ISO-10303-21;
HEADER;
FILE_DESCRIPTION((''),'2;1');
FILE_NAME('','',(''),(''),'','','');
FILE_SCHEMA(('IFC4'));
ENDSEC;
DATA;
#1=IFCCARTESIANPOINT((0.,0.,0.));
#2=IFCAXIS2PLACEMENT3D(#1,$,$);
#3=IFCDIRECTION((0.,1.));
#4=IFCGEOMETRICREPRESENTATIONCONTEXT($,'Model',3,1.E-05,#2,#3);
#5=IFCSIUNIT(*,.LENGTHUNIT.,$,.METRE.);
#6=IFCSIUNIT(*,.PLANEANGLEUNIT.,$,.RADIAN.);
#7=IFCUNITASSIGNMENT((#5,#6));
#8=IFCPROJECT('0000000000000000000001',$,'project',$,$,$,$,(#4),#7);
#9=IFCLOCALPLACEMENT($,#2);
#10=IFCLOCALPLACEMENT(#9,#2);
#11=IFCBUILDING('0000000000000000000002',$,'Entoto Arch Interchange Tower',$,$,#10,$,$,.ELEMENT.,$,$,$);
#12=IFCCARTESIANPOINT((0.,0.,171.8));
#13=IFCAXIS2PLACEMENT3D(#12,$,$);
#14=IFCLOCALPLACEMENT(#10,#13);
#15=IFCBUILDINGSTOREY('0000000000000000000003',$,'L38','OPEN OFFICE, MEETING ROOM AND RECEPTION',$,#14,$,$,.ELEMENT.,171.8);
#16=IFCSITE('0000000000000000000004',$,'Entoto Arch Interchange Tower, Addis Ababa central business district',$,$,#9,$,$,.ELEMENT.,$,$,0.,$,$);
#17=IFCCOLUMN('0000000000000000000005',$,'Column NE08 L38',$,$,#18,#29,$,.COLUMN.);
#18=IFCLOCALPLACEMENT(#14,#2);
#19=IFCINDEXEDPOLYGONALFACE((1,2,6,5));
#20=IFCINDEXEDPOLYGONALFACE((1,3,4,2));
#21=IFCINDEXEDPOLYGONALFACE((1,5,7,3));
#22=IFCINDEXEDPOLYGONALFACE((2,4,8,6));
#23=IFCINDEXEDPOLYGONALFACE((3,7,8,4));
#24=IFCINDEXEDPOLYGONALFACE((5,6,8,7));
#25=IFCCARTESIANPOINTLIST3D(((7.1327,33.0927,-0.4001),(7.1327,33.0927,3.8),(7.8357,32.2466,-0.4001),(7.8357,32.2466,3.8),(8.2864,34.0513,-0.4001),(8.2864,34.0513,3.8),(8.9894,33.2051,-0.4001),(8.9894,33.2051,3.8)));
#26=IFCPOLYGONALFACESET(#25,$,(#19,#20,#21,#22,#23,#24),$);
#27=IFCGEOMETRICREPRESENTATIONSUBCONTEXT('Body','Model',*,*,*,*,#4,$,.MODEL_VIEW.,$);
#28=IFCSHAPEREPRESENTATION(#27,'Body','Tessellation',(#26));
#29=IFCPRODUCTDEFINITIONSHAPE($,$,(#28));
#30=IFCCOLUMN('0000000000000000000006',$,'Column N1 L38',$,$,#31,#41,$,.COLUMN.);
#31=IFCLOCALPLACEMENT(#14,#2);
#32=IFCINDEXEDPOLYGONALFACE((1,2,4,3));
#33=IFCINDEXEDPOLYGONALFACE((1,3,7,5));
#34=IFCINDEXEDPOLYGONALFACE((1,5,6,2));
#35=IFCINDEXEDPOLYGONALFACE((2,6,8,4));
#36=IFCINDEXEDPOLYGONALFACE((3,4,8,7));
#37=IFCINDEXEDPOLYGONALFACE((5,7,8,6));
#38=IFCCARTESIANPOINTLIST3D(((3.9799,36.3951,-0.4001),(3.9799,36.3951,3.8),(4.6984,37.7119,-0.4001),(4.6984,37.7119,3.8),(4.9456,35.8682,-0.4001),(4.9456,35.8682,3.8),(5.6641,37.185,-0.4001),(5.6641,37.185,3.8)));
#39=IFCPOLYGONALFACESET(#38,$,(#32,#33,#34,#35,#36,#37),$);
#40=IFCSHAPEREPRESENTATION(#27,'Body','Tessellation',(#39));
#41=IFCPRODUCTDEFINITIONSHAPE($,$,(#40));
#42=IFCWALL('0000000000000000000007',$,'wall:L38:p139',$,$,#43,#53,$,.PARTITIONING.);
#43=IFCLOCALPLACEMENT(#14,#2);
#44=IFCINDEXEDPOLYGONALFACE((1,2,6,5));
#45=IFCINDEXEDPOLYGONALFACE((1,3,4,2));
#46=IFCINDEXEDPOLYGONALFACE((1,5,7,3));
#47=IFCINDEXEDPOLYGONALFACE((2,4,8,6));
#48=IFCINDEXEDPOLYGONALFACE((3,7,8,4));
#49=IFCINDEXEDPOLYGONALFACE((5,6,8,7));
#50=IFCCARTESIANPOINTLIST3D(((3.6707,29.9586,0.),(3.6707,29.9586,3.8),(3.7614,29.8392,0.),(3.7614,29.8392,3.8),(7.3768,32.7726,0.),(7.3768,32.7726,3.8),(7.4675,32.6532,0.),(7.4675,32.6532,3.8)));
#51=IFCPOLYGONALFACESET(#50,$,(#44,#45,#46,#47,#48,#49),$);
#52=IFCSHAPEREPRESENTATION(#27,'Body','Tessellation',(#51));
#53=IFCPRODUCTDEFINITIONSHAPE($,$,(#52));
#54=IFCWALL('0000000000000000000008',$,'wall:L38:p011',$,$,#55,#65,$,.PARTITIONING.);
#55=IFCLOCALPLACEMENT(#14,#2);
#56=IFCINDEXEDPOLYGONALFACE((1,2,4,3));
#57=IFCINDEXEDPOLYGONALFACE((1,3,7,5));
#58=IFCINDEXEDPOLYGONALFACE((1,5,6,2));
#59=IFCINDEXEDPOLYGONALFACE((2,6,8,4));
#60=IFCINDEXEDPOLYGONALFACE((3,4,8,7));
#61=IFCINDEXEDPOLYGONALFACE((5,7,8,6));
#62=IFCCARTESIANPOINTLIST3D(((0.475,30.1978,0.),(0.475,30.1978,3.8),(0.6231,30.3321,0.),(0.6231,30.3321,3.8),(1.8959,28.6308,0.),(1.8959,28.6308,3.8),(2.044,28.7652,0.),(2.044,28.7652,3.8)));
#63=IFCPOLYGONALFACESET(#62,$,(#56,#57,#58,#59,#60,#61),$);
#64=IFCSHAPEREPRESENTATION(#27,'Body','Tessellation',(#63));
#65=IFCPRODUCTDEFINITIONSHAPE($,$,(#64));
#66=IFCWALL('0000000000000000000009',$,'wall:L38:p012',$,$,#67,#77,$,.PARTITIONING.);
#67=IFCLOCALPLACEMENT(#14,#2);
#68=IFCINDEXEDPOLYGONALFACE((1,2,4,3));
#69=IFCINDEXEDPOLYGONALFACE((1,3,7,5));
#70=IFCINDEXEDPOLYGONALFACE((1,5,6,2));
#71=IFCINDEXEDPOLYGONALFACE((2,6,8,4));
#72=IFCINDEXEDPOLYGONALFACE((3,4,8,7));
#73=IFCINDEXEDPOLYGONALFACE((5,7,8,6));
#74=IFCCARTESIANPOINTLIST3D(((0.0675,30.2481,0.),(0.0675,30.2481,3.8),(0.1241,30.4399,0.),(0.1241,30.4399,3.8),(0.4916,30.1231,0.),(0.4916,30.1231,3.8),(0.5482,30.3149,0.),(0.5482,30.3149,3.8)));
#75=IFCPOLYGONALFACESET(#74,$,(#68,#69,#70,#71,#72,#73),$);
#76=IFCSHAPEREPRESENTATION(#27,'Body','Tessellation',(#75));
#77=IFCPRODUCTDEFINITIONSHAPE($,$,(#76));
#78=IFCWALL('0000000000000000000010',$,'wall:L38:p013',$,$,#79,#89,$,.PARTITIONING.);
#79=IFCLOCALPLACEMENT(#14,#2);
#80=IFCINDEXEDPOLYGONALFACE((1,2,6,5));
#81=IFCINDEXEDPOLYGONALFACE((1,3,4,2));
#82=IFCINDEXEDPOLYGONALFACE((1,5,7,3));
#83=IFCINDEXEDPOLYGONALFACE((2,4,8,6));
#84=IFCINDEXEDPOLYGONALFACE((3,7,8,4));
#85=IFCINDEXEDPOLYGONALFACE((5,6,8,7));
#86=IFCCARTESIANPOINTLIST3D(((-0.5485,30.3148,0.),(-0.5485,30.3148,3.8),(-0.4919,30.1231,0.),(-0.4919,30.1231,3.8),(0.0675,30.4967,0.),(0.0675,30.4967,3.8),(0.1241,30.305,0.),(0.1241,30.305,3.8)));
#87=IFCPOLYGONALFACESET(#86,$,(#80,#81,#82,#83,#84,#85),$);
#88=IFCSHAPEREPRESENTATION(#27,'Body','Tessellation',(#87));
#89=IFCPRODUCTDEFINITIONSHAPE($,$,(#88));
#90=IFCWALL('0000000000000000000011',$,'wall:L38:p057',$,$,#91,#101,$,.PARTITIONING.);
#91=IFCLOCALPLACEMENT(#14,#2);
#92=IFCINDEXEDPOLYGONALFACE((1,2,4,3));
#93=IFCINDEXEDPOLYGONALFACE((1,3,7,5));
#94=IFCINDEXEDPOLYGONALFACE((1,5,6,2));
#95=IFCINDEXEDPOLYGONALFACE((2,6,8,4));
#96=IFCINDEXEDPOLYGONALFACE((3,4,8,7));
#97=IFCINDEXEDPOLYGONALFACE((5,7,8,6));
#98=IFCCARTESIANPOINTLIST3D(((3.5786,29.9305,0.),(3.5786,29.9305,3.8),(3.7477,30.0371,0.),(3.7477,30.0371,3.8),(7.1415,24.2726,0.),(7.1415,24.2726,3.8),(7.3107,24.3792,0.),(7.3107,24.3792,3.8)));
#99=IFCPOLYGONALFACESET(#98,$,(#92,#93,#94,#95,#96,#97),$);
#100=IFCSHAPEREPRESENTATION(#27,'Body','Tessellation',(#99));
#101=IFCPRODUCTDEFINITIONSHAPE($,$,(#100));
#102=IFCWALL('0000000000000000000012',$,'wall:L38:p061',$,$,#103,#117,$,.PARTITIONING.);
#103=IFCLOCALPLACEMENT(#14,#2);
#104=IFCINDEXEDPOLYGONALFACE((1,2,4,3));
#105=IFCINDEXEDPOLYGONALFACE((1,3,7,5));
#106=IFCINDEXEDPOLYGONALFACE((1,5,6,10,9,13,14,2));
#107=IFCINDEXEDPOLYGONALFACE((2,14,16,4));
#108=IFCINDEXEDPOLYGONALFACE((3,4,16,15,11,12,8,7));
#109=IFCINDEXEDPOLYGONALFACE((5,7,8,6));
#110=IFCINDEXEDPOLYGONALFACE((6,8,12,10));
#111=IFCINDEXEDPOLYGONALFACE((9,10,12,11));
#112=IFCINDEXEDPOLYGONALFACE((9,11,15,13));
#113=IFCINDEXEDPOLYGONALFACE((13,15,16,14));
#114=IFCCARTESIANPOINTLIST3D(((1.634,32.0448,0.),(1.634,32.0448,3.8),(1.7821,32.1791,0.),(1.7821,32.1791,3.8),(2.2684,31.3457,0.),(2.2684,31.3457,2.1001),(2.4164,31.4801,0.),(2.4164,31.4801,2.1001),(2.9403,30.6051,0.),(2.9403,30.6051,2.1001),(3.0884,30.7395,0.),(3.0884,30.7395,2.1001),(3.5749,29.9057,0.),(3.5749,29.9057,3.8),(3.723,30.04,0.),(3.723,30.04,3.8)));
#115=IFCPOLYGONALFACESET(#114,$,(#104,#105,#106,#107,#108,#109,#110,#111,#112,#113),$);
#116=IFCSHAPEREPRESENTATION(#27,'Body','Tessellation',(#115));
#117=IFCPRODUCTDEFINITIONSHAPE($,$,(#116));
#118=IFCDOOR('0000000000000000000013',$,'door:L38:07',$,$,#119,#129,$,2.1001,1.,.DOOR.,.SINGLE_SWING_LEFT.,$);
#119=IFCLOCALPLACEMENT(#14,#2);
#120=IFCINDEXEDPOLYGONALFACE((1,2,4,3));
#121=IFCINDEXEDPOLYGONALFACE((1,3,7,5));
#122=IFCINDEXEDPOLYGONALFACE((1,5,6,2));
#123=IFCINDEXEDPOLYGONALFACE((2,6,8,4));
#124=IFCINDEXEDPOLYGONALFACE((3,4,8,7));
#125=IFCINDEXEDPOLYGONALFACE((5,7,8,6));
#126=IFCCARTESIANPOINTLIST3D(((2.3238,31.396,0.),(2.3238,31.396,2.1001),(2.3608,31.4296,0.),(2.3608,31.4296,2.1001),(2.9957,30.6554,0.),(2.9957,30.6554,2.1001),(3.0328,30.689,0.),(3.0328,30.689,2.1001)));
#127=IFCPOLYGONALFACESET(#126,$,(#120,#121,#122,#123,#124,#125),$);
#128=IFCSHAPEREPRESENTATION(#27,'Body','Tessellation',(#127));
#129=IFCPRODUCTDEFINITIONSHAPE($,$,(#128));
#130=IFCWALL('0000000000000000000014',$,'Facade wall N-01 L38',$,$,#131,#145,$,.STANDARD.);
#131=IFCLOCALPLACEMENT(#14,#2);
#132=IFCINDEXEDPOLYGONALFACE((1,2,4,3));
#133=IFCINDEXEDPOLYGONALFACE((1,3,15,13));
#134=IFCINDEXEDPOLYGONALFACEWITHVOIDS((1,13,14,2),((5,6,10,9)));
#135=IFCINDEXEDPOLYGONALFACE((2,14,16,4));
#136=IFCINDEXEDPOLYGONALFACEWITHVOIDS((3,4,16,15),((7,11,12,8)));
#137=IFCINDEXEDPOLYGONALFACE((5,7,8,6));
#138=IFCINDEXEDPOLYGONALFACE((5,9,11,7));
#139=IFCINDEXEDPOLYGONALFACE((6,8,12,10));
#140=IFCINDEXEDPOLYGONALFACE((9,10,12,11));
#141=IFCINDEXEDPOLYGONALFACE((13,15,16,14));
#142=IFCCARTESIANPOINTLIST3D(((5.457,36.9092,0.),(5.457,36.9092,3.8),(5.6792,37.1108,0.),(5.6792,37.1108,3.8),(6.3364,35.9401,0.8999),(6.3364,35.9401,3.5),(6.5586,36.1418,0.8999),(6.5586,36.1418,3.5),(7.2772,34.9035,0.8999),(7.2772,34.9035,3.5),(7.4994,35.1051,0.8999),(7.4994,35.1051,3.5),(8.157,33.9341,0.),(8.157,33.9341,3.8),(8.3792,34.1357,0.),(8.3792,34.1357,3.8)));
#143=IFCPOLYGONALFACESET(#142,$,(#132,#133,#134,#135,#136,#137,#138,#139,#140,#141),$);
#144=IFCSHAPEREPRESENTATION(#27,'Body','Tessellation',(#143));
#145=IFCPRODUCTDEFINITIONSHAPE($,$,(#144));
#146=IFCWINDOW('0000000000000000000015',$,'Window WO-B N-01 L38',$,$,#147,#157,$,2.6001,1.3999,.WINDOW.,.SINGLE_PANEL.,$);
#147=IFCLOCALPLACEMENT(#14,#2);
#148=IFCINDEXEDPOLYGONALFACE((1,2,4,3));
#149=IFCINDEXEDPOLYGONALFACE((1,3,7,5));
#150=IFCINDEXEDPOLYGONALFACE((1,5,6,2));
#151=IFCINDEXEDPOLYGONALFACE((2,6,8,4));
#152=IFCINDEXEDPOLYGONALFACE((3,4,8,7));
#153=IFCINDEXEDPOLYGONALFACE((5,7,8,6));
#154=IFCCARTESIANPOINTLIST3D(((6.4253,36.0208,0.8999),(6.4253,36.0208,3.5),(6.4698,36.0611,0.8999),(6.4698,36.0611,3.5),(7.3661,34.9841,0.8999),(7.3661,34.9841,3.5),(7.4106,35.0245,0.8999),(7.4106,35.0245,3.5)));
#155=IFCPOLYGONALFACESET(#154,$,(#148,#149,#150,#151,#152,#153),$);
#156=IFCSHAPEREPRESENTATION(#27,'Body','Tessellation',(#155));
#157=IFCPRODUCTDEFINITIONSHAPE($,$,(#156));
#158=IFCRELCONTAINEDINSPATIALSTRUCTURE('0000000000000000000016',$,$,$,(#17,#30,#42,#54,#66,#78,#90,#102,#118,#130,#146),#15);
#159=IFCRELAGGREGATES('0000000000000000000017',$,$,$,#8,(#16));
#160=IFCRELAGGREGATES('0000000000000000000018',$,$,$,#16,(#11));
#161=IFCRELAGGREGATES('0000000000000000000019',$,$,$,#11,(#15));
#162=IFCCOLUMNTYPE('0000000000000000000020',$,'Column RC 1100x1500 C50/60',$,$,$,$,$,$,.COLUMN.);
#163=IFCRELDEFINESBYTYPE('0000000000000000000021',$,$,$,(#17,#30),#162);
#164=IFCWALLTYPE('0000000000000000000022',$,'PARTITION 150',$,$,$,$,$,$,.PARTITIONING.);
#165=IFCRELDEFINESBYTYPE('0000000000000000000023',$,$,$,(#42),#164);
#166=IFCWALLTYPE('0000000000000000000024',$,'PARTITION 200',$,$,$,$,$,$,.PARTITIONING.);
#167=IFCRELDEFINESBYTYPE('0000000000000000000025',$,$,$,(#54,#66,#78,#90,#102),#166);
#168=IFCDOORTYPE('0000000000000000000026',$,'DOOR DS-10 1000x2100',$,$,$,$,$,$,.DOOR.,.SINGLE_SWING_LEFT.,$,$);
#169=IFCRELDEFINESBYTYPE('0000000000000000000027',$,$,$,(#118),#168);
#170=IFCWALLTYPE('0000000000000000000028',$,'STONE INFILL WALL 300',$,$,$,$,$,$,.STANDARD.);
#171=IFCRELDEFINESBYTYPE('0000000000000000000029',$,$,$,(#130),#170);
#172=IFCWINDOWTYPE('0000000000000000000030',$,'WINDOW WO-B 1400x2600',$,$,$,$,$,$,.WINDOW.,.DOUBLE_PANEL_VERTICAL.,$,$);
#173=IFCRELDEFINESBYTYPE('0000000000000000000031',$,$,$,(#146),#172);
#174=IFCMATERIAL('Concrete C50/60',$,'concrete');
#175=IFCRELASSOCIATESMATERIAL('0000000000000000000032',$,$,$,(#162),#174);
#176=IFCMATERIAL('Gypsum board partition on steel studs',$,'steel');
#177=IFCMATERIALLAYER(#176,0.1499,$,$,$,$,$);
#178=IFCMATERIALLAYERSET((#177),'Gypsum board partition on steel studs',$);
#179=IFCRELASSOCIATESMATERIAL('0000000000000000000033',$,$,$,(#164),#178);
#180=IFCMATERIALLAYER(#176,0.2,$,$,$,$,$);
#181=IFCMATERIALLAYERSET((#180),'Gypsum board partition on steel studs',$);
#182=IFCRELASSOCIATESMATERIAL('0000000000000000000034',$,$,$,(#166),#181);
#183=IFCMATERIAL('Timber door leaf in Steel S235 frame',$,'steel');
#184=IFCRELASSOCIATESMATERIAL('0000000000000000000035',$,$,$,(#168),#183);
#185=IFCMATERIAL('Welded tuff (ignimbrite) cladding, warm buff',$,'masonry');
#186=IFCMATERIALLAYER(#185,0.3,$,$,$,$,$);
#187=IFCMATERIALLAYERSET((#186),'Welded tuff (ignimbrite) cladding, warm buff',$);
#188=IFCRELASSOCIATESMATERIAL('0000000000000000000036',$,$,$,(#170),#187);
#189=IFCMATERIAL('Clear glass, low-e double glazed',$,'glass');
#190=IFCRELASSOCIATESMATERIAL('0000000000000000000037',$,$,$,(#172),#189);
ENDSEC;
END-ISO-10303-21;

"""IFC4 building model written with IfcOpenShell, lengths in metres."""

from ifc_helpers import new_model, si_unit, direction, frame, frame_2d, origin, origin_2d, place, context, subcontext, project, spatial, rectangle, extrude, material, layer, layer_set, material_profile, profile_set, type_object, element, fill, save


model = new_model("IFC4")

# Units and contexts
model_context = context("Model", 3, precision=1e-05, world=origin(), true_north=direction((0.0, 1.0)))
body_context = subcontext(model_context, "Body", "Model", "MODEL_VIEW")
ifc_project = project(units=[si_unit("LENGTHUNIT", "METRE"), si_unit("PLANEANGLEUNIT", "RADIAN")], contexts=[model_context])

# Site, building, storey
site_placement = place(None, origin())
site = spatial("IfcSite", under=ifc_project, at=site_placement, Name="Entoto Arch Interchange Tower, Addis Ababa central business district", CompositionType="ELEMENT", RefElevation=0.0)
building_placement = place(site_placement, origin())
building = spatial("IfcBuilding", under=site, at=building_placement, Name="Entoto Arch Interchange Tower", CompositionType="ELEMENT")
storey_placement = place(building_placement, frame((0.0, 0.0, 171.8)))
storey = spatial("IfcBuildingStorey", under=building, at=storey_placement, Name="L38", Description="OPEN OFFICE, MEETING ROOM AND RECEPTION", CompositionType="ELEMENT", Elevation=171.8)

# Columns
ifc_material_1 = material(Name="Concrete C50/60", Category="concrete")
ifc_material_profile = material_profile(ifc_material_1, rectangle(XDim=1.1001, YDim=1.5, at=origin_2d()))
ifc_profile_set = profile_set([ifc_material_profile], Name="Concrete C50/60")
column_type = type_object("IfcColumnType", Name="Column RC 1100x1500 C50/60", PredefinedType="COLUMN", material=ifc_profile_set)
for number, where, z_axis, x_axis, name in (
    (1, (8.061, 33.1489, -0.4001), (0.0, 0.0, 1.0), (-0.63905, 0.769165, 0.0), "Column NE08 L38"),
    (2, (4.822, 36.79, -0.4001), (0.0, 0.0, 1.0), (-0.877833, 0.478968, 0.0), "Column N1 L38"),
):
    element("IfcColumn", number, at=place(storey_placement, frame(where, z_axis=z_axis, x_axis=x_axis)), inside=storey, type_object=column_type, Name=name, PredefinedType="COLUMN", context=body_context, shape_type="SweptSolid", body=[
        extrude(rectangle(XDim=1.1001, YDim=1.5, at=origin_2d()), origin(), (0.0, 0.0, 1.0), 4.2002),
    ])

# Walls
ifc_material_2 = material(Name="Gypsum board partition on steel studs", Category="steel")
ifc_layer_1 = layer(ifc_material_2, 0.1499)
ifc_layer_set_1 = layer_set([ifc_layer_1], Name="Gypsum board partition on steel studs")
wall_type_1 = type_object("IfcWallType", Name="PARTITION 150", PredefinedType="PARTITIONING", material=ifc_layer_set_1)
wall_1_placement = place(storey_placement, frame((3.7161, 29.8989, 0.0), z_axis=(0.0, 0.0, 1.0), x_axis=(0.796435, 0.604724, 0.0)))
element("IfcWall", 3, at=wall_1_placement, inside=storey, type_object=wall_type_1, Name="wall:L38:p139", PredefinedType="PARTITIONING", context=body_context, shape_type="SweptSolid", body=[
    extrude(rectangle(XDim=4.6533, YDim=0.1499, at=frame_2d((2.3267, 0.0))), origin(), (0.0, 0.0, 1.0), 3.8),
])
ifc_layer_2 = layer(ifc_material_2, 0.2)
ifc_layer_set_2 = layer_set([ifc_layer_2], Name="Gypsum board partition on steel studs")
wall_type_2 = type_object("IfcWallType", Name="PARTITION 200", PredefinedType="PARTITIONING", material=ifc_layer_set_2)
wall_2_placement = place(storey_placement, frame((1.97, 28.698, 0.0), z_axis=(0.0, 0.0, 1.0), x_axis=(-0.671753, 0.740775, 0.0)))
element("IfcWall", 4, at=wall_2_placement, inside=storey, type_object=wall_type_2, Name="wall:L38:p011", PredefinedType="PARTITIONING", context=body_context, shape_type="SweptSolid", body=[
    extrude(rectangle(XDim=2.1152, YDim=0.2, at=frame_2d((1.0576, 0.0))), origin(), (0.0, 0.0, 1.0), 3.8),
])
wall_3_placement = place(storey_placement, frame((0.52, 30.219, 0.0), z_axis=(0.0, 0.0, 1.0), x_axis=(-0.959198, 0.282734, 0.0)))
element("IfcWall", 5, at=wall_3_placement, inside=storey, type_object=wall_type_2, Name="wall:L38:p012", PredefinedType="PARTITIONING", context=body_context, shape_type="SweptSolid", body=[
    extrude(rectangle(XDim=0.4421, YDim=0.2, at=frame_2d((0.2212, 0.0))), origin(), (0.0, 0.0, 1.0), 3.8),
])
wall_4_placement = place(storey_placement, frame((0.0959, 30.4009, 0.0), z_axis=(0.0, 0.0, 1.0), x_axis=(-0.959062, -0.283195, 0.0)))
element("IfcWall", 6, at=wall_4_placement, inside=storey, type_object=wall_type_2, Name="wall:L38:p013", PredefinedType="PARTITIONING", context=body_context, shape_type="SweptSolid", body=[
    extrude(rectangle(XDim=0.6423, YDim=0.2, at=frame_2d((0.3213, 0.0))), origin(), (0.0, 0.0, 1.0), 3.8),
])
wall_5_placement = place(storey_placement, frame((3.6631, 29.9839, 0.0), z_axis=(0.0, 0.0, 1.0), x_axis=(0.532874, -0.846194, 0.0)))
element("IfcWall", 7, at=wall_5_placement, inside=storey, type_object=wall_type_2, Name="wall:L38:p057", PredefinedType="PARTITIONING", context=body_context, shape_type="SweptSolid", body=[
    extrude(rectangle(XDim=6.6863, YDim=0.2, at=frame_2d((3.3433, 0.0))), origin(), (0.0, 0.0, 1.0), 3.8),
])

# Wall, opening, door
wall_6_placement = place(storey_placement, frame((1.708, 32.1121, 0.0), z_axis=(0.0, 0.0, 1.0), x_axis=(0.671957, -0.74059, 0.0)))
wall_6 = element("IfcWall", 8, at=wall_6_placement, inside=storey, type_object=wall_type_2, Name="wall:L38:p061", PredefinedType="PARTITIONING", context=body_context, shape_type="SweptSolid", body=[
    extrude(rectangle(XDim=2.8884, YDim=0.2, at=frame_2d((1.4443, 0.0))), origin(), (0.0, 0.0, 1.0), 3.8),
])
opening_1_placement = place(wall_6_placement, frame((0.9441, 0.0, 0.0)))
opening_1 = element("IfcOpeningElement", 9, at=opening_1_placement, cuts=wall_6, PredefinedType="OPENING", context=body_context, shape_type="SweptSolid", body=[
    extrude(rectangle(XDim=1.0, YDim=2.1001, at=frame_2d((0.5, 1.05))), frame((0.0, 0.1099, 0.0), z_axis=(0.0, -1.0, 0.0), x_axis=(1.0, 0.0, 0.0)), (0.0, 0.0, 1.0), 0.22),
])
ifc_material_3 = material(Name="Timber door leaf in Steel S235 frame", Category="steel")
door_type = type_object("IfcDoorType", Name="DOOR DS-10 1000x2100", OperationType="SINGLE_SWING_LEFT", PredefinedType="DOOR", material=ifc_material_3)
door_placement = place(opening_1_placement, origin())
door = element("IfcDoor", 10, at=door_placement, inside=storey, type_object=door_type, Name="door:L38:07", OperationType="SINGLE_SWING_LEFT", OverallHeight=2.1001, OverallWidth=1.0, PredefinedType="DOOR", context=body_context, shape_type="SweptSolid", body=[
    extrude(rectangle(XDim=1.0, YDim=2.1001, at=frame_2d((0.5, 1.05))), frame((0.0, 0.0249, 0.0), z_axis=(0.0, -1.0, 0.0), x_axis=(1.0, 0.0, 0.0)), (0.0, 0.0, 1.0), 0.05),
])
fill(opening_1, door)

# Wall, opening, window
ifc_material_4 = material(Name="Welded tuff (ignimbrite) cladding, warm buff", Category="masonry")
ifc_layer_3 = layer(ifc_material_4, 0.3)
ifc_layer_set_3 = layer_set([ifc_layer_3], Name="Welded tuff (ignimbrite) cladding, warm buff")
wall_type_3 = type_object("IfcWallType", Name="STONE INFILL WALL 300", PredefinedType="STANDARD", material=ifc_layer_set_3)
wall_7_placement = place(storey_placement, frame((8.2681, 34.0349, 0.0), z_axis=(0.0, 0.0, 1.0), x_axis=(-0.672034, 0.74052, 0.0)))
wall_7 = element("IfcWall", 11, at=wall_7_placement, inside=storey, type_object=wall_type_3, Name="Facade wall N-01 L38", PredefinedType="STANDARD", context=body_context, shape_type="SweptSolid", body=[
    extrude(rectangle(XDim=4.0176, YDim=0.3, at=frame_2d((2.0088, 0.0))), origin(), (0.0, 0.0, 1.0), 3.8),
])
opening_2_placement = place(wall_7_placement, frame((1.3091, 0.0, 0.8999)))
opening_2 = element("IfcOpeningElement", 12, at=opening_2_placement, cuts=wall_7, PredefinedType="OPENING", context=body_context, shape_type="SweptSolid", body=[
    extrude(rectangle(XDim=1.3999, YDim=2.6001, at=frame_2d((0.7, 1.3))), frame((0.0, 0.1602, 0.0), z_axis=(0.0, -1.0, 0.0), x_axis=(1.0, 0.0, 0.0)), (0.0, 0.0, 1.0), 0.3201),
])
ifc_material_5 = material(Name="Clear glass, low-e double glazed", Category="glass")
window_type = type_object("IfcWindowType", Name="WINDOW WO-B 1400x2600", PartitioningType="DOUBLE_PANEL_VERTICAL", PredefinedType="WINDOW", material=ifc_material_5)
window_1_placement = place(opening_2_placement, origin())
window_1 = element("IfcWindow", 13, at=window_1_placement, inside=storey, type_object=window_type, Name="Window WO-B N-01 L38", OverallHeight=2.6001, OverallWidth=1.3999, PartitioningType="SINGLE_PANEL", PredefinedType="WINDOW", context=body_context, shape_type="SweptSolid", body=[
    extrude(rectangle(XDim=1.3999, YDim=2.6001, at=frame_2d((0.7, 1.3))), frame((0.0, 0.03, 0.0), z_axis=(0.0, -1.0, 0.0), x_axis=(1.0, 0.0, 0.0)), (0.0, 0.0, 1.0), 0.0601),
])
fill(opening_2, window_1)

save(model, "model.ifc")
